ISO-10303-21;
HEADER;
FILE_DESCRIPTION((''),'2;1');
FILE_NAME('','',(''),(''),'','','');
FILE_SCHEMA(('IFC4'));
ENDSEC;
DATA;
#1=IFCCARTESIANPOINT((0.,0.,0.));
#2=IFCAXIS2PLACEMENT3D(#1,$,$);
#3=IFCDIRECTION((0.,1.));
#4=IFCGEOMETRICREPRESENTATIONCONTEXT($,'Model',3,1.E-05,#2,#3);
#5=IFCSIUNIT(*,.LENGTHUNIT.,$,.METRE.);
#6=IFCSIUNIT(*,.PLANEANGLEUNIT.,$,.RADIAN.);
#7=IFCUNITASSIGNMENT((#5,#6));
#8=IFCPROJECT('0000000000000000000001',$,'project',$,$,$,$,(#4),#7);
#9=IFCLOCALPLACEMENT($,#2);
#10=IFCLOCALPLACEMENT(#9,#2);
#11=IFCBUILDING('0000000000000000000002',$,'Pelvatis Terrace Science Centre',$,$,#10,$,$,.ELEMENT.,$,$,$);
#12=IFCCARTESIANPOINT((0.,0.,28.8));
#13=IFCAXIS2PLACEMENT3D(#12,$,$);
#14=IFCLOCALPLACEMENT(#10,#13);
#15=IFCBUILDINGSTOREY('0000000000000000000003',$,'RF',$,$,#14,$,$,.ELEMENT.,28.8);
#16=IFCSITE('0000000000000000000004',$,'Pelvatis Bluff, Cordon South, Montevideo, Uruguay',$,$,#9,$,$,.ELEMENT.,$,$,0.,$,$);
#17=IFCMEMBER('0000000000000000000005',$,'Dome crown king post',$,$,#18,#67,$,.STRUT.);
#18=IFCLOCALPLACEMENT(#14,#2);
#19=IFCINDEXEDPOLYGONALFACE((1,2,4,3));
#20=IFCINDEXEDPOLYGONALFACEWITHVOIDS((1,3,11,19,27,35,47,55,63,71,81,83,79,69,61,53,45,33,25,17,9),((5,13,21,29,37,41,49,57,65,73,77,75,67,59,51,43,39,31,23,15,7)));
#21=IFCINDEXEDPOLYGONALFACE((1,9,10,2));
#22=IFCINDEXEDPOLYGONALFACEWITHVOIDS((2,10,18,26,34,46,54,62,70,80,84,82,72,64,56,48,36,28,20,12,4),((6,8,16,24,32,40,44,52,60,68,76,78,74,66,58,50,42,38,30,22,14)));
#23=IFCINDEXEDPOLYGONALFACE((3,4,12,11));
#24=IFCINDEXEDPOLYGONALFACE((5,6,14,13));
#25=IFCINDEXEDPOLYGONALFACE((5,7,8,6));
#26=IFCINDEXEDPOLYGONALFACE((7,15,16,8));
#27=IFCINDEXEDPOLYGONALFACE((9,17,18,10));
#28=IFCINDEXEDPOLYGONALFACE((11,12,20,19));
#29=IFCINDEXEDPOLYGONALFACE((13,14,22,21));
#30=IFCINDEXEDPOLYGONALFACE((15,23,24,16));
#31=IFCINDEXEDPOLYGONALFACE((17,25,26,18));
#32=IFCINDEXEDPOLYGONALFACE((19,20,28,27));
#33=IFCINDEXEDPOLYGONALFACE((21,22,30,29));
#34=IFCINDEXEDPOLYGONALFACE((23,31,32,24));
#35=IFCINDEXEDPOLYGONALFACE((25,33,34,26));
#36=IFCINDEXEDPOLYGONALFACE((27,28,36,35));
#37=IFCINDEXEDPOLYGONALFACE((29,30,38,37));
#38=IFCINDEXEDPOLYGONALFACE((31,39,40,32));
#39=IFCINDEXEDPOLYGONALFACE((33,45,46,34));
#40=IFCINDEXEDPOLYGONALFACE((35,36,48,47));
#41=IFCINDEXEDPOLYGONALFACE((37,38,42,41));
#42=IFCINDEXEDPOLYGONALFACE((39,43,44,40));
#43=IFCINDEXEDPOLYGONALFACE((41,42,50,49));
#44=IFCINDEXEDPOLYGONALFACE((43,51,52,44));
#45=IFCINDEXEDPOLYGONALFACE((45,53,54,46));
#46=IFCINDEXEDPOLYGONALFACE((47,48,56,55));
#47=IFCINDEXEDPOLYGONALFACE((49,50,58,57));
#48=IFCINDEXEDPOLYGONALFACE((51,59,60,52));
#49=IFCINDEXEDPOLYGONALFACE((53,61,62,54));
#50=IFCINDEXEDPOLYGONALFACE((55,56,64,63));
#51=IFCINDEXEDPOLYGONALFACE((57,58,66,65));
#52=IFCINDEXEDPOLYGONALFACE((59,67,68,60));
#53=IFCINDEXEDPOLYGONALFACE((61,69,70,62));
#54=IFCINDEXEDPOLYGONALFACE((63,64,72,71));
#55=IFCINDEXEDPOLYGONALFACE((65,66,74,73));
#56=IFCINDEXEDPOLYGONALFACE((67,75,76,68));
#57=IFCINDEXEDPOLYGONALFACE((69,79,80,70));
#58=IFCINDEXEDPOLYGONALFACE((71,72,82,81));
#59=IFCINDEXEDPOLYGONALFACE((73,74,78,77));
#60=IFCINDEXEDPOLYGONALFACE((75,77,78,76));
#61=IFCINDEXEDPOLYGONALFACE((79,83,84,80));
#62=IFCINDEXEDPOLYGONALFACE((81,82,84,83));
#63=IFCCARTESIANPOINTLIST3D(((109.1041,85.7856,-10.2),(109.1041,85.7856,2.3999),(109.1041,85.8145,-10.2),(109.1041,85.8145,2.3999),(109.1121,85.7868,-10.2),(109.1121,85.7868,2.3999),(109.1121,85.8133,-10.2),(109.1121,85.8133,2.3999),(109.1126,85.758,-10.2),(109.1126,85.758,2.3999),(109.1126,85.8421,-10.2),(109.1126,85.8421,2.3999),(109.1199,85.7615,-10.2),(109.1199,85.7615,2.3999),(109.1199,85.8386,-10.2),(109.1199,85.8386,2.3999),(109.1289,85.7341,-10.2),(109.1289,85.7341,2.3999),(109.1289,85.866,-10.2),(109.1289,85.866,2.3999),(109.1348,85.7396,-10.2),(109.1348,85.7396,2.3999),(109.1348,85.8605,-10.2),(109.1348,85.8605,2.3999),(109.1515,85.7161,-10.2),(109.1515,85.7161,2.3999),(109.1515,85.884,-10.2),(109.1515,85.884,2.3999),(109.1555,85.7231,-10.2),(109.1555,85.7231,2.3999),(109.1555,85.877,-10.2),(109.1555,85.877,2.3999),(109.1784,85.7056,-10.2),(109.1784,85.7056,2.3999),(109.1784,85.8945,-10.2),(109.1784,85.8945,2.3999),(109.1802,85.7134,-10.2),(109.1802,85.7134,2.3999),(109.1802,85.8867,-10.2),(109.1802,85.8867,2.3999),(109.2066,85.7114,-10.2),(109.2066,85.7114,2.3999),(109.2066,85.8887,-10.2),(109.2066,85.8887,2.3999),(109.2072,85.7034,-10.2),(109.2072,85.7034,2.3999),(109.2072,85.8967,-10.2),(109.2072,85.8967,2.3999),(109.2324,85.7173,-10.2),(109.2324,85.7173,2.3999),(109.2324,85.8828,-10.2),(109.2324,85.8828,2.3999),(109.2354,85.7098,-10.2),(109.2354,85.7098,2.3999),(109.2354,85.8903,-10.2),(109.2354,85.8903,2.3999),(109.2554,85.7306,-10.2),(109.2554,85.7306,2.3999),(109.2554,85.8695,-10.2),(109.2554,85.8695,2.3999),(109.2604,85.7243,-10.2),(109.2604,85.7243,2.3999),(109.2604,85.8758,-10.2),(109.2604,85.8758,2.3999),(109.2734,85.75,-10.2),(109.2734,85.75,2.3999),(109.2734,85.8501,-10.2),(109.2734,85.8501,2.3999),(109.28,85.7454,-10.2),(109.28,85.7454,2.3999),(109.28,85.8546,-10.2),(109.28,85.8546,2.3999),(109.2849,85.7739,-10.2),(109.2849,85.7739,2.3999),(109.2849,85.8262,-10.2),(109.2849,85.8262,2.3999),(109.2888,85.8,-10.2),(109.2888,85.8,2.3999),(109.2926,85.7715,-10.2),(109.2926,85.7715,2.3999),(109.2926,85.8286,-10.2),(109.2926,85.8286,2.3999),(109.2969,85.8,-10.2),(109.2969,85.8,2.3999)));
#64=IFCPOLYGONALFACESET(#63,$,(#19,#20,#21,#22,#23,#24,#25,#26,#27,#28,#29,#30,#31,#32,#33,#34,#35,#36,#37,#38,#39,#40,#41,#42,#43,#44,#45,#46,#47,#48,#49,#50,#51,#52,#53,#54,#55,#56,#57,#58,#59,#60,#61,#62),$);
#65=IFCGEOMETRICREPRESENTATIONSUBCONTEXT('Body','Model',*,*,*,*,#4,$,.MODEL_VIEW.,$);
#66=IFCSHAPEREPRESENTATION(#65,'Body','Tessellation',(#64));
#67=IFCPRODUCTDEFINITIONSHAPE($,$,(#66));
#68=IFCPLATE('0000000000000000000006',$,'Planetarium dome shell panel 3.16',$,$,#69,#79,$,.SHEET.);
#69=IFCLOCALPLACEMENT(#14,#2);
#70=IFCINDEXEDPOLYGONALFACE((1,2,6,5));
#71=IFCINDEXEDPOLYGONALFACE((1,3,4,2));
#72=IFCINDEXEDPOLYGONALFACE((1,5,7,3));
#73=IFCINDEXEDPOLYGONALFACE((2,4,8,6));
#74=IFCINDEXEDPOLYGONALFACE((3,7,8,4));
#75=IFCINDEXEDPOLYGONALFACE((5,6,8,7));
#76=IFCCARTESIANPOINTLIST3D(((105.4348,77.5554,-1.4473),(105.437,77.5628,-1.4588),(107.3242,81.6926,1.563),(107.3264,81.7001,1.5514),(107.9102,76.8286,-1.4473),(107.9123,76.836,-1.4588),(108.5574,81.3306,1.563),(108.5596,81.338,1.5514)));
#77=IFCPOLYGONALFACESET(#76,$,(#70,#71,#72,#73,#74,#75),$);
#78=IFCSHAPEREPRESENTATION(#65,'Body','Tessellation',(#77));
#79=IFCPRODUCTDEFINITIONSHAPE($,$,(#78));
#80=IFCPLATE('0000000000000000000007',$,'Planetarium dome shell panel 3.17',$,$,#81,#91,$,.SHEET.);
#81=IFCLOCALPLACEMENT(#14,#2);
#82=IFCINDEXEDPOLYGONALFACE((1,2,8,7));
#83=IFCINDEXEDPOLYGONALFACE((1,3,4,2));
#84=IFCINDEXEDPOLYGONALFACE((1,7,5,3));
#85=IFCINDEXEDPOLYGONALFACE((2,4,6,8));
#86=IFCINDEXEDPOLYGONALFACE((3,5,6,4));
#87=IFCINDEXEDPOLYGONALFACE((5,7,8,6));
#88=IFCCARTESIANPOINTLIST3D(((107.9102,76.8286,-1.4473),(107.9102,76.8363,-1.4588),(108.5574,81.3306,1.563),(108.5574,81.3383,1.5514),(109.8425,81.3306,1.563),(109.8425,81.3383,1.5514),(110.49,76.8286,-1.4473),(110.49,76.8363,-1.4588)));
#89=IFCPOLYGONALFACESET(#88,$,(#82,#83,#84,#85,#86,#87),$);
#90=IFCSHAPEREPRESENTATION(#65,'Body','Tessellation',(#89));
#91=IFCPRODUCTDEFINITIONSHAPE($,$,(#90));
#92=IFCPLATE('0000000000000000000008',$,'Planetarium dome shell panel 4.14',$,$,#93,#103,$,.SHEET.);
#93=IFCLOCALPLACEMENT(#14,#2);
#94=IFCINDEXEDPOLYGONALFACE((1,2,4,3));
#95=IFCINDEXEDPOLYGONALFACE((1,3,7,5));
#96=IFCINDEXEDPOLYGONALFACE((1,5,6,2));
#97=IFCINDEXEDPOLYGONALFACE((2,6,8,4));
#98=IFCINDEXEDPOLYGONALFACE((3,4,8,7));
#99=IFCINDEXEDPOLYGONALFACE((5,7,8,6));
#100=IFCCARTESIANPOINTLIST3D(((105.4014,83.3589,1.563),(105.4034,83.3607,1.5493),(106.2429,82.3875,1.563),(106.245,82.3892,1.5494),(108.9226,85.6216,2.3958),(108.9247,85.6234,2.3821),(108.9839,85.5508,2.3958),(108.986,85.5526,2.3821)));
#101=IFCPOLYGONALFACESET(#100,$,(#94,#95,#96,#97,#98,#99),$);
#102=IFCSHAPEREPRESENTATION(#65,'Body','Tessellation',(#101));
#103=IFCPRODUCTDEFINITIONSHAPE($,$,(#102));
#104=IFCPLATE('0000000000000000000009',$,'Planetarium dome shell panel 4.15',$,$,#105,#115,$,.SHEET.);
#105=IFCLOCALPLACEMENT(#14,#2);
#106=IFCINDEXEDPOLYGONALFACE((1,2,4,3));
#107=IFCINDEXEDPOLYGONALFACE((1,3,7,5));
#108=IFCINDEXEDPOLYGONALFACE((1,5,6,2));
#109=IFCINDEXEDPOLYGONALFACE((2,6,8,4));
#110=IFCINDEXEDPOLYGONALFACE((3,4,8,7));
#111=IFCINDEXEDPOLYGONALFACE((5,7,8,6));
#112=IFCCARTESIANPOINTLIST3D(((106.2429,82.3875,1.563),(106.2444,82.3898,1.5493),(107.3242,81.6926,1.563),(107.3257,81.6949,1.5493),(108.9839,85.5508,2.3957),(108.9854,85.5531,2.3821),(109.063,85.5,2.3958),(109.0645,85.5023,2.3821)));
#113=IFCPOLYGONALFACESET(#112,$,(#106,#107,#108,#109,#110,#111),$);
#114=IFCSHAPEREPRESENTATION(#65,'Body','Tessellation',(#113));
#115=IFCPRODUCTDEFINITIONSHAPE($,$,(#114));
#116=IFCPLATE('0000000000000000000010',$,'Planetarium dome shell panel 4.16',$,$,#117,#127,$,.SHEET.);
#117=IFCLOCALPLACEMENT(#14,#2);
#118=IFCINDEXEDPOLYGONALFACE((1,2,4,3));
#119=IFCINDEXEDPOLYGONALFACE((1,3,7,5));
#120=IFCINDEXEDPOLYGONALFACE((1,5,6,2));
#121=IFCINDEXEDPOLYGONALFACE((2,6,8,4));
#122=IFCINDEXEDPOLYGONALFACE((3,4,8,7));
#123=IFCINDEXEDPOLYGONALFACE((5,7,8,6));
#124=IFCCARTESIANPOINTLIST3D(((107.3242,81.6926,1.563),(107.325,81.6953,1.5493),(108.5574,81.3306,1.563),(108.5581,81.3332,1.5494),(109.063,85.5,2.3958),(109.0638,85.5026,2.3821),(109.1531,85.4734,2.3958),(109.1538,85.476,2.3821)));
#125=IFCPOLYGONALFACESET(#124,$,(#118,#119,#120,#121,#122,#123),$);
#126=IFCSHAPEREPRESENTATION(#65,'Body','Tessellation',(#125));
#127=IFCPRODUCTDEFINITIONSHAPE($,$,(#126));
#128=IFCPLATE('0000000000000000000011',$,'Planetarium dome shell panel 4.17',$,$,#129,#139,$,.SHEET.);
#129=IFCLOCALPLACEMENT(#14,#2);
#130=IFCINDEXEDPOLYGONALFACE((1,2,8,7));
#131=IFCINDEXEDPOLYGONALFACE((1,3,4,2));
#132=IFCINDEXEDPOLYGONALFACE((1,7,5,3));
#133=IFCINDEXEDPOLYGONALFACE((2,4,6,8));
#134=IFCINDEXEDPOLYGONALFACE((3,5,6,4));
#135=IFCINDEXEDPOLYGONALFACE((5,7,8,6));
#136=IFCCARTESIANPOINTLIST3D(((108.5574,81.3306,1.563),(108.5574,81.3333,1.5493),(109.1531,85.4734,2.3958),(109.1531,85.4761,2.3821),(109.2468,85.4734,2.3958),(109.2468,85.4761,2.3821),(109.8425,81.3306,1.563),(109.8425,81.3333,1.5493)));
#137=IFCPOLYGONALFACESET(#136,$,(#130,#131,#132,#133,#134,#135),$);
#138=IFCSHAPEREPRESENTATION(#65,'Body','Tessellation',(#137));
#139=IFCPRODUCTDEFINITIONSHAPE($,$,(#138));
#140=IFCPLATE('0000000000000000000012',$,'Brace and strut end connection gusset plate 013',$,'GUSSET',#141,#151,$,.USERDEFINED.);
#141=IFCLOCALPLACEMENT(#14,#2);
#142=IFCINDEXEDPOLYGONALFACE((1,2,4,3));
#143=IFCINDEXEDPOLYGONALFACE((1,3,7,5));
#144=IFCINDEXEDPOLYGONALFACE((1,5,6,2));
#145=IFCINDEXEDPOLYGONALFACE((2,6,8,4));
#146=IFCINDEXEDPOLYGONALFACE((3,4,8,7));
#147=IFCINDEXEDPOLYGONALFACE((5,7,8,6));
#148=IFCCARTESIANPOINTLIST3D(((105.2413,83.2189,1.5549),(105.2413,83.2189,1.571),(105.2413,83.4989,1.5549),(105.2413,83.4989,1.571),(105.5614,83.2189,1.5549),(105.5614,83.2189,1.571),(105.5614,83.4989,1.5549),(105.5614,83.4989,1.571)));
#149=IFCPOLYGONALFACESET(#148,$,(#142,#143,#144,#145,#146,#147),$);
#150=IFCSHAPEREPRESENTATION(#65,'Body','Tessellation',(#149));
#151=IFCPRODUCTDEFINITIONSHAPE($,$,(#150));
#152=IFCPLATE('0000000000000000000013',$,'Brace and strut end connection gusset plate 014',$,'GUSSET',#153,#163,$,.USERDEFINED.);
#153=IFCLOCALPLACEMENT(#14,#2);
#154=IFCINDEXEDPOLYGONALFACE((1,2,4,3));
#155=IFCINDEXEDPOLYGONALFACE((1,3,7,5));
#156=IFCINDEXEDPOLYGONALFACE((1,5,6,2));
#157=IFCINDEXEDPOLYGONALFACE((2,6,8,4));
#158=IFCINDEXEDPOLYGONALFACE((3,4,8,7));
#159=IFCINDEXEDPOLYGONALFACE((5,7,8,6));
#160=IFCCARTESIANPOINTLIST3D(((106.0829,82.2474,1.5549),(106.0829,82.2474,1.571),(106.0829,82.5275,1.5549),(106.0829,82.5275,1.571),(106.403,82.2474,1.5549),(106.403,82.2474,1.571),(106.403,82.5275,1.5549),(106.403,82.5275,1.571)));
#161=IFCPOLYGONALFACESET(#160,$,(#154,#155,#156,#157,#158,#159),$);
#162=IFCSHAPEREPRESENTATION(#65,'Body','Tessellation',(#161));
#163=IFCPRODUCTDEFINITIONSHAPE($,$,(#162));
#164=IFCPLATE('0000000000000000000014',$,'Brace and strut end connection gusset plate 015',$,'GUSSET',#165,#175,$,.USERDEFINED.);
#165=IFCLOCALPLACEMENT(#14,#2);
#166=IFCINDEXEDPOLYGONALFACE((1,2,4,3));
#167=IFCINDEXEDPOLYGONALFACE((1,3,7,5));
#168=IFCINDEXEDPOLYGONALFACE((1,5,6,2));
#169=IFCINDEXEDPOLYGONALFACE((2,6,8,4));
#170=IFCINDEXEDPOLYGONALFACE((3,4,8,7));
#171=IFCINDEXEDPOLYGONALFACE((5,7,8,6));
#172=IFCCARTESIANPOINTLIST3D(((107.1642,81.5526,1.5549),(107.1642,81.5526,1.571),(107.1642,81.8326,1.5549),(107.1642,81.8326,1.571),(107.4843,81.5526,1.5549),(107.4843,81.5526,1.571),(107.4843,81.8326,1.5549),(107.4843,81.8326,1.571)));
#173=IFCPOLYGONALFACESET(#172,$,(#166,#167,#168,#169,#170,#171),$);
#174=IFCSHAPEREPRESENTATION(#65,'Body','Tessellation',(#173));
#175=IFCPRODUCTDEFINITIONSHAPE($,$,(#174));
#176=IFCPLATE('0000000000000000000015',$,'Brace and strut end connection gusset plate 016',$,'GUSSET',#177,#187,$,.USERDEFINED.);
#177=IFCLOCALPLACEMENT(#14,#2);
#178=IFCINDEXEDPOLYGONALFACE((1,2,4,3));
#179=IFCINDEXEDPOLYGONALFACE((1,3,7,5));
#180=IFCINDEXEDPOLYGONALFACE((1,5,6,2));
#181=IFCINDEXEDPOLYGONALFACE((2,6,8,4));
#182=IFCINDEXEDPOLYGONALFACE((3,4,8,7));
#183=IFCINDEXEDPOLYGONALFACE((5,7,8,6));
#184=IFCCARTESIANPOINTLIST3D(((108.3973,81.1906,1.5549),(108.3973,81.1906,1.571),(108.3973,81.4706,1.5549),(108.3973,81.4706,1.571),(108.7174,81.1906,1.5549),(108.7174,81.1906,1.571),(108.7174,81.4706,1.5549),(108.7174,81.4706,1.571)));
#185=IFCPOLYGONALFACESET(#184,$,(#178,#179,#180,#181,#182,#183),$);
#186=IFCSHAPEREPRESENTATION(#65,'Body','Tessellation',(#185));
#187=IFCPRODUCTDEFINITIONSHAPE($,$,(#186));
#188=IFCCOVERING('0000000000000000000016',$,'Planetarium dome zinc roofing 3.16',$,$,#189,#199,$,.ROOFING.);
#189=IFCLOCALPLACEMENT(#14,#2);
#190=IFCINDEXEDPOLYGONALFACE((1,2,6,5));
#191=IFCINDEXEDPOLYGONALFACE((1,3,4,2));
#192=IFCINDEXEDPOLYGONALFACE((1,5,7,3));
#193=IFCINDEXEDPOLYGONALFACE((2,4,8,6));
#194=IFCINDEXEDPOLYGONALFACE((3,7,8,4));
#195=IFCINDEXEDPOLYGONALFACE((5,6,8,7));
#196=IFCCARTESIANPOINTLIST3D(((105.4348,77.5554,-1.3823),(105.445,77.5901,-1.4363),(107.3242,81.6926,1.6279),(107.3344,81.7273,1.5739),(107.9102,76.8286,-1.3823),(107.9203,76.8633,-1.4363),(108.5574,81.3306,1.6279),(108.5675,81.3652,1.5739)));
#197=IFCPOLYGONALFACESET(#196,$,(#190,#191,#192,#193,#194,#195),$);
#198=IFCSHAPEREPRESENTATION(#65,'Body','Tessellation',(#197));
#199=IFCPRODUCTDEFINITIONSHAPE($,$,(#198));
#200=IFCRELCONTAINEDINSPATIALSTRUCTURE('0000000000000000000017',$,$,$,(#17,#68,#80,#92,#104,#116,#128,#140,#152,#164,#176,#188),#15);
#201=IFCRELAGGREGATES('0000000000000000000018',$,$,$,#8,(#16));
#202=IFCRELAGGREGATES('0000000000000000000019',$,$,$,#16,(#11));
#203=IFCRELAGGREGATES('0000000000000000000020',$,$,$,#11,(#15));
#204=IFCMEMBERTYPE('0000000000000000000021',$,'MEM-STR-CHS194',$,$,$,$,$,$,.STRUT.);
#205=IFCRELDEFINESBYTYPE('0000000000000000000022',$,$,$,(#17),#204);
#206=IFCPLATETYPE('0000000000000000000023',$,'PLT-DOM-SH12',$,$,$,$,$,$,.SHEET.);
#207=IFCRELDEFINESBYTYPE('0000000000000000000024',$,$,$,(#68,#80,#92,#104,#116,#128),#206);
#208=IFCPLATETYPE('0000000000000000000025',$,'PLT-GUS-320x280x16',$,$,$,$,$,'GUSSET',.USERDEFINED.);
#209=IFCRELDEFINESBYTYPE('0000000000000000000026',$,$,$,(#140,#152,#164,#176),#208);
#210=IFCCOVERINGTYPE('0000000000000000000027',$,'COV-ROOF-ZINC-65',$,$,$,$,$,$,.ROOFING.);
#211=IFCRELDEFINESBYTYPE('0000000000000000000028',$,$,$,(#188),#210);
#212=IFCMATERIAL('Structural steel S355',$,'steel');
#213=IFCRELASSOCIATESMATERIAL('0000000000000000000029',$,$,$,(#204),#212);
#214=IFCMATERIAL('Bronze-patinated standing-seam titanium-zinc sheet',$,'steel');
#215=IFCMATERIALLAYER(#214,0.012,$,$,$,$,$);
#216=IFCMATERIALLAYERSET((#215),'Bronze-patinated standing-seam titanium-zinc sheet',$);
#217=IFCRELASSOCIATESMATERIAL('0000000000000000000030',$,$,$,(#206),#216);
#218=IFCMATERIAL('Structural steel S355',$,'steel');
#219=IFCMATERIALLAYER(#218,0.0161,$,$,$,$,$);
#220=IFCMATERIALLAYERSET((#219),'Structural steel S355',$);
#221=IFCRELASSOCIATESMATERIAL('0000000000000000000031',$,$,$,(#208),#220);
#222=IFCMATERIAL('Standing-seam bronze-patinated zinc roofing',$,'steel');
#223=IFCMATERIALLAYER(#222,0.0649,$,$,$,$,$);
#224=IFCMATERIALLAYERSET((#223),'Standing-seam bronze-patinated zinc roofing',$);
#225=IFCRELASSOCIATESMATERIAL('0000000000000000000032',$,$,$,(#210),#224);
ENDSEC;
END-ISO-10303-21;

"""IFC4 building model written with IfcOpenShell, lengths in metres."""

from ifc_helpers import new_model, si_unit, direction, frame, origin, origin_2d, place, context, subcontext, project, spatial, polyline, rectangle, hollow_circle, outline, extrude, material, layer, layer_set, material_profile, profile_set, type_object, element, save


model = new_model("IFC4")

# Units and contexts
model_context = context("Model", 3, precision=1e-05, world=origin(), true_north=direction((0.0, 1.0)))
body_context = subcontext(model_context, "Body", "Model", "MODEL_VIEW")
ifc_project = project(units=[si_unit("LENGTHUNIT", "METRE"), si_unit("PLANEANGLEUNIT", "RADIAN")], contexts=[model_context])

# Site, building, storey
site_placement = place(None, origin())
site = spatial("IfcSite", under=ifc_project, at=site_placement, Name="Pelvatis Bluff, Cordon South, Montevideo, Uruguay", CompositionType="ELEMENT", RefElevation=0.0)
building_placement = place(site_placement, origin())
building = spatial("IfcBuilding", under=site, at=building_placement, Name="Pelvatis Terrace Science Centre", CompositionType="ELEMENT")
storey_placement = place(building_placement, frame((0.0, 0.0, 28.8)))
storey = spatial("IfcBuildingStorey", under=building, at=storey_placement, Name="RF", CompositionType="ELEMENT", Elevation=28.8)

# Member
ifc_material_1 = material(Name="Structural steel S355", Category="steel")
ifc_material_profile_1 = material_profile(ifc_material_1, hollow_circle(Radius=0.0969, WallThickness=0.0081, at=origin_2d()), Name="CHS 193.7x8.0")
ifc_profile_set_1 = profile_set([ifc_material_profile_1], Name="Structural steel S355")
member_type_1 = type_object("IfcMemberType", Name="MEM-STR-CHS194", PredefinedType="STRUT", material=ifc_profile_set_1)
member_1_placement = place(storey_placement, frame((109.2, 85.8, -10.2), z_axis=(0.0, 0.0, 1.0), x_axis=(1.0, 0.0, 0.0)))
element("IfcMember", 1, at=member_1_placement, inside=storey, type_object=member_type_1, Name="Dome crown king post", PredefinedType="STRUT", context=body_context, shape_type="SweptSolid", body=[
    extrude(hollow_circle(Radius=0.0969, WallThickness=0.0081, at=origin_2d()), origin(), (0.0, 0.0, 1.0), 12.5999),
])

# Plates
ifc_material_2 = material(Name="Bronze-patinated standing-seam titanium-zinc sheet", Category="steel")
ifc_layer_1 = layer(ifc_material_2, 0.012)
ifc_layer_set_1 = layer_set([ifc_layer_1], Name="Bronze-patinated standing-seam titanium-zinc sheet")
plate_type_1 = type_object("IfcPlateType", Name="PLT-DOM-SH12", PredefinedType="SHEET", material=ifc_layer_set_1)
plate_1_placement = place(storey_placement, frame((105.4348, 77.5554, -1.4473), z_axis=(-0.156594, -0.533332, 0.831285), x_axis=(0.959495, -0.281724, -0.000002)))
element("IfcPlate", 2, at=plate_1_placement, inside=storey, type_object=plate_type_1, Name="Planetarium dome shell panel 3.16", PredefinedType="SHEET", context=body_context, shape_type="SweptSolid", body=[
    extrude(outline(polyline([(0.0, 0.0), (2.5798, 0.0), (1.9325, 5.4156), (0.6473, 5.4156), (0.0, 0.0)])), origin(), (0.0, 0.0, -1.0), 0.0139),
])
plate_2_placement = place(storey_placement, frame((107.9102, 76.8286, -1.4473), z_axis=(0.0, -0.555844, 0.831287), x_axis=(1.0, 0.0, 0.0)))
element("IfcPlate", 3, at=plate_2_placement, inside=storey, type_object=plate_type_1, Name="Planetarium dome shell panel 3.17", PredefinedType="SHEET", context=body_context, shape_type="SweptSolid", body=[
    extrude(outline(polyline([(0.0, 0.0), (2.5798, 0.0), (1.9324, 5.4156), (0.6472, 5.4156), (0.0, 0.0)])), origin(), (0.0, 0.0, -1.0), 0.0139),
])
plate_3_placement = place(storey_placement, frame((105.4014, 83.3589, 1.563), z_axis=(-0.148951, -0.129028, 0.980391), x_axis=(0.654771, -0.755828, 0.000006)))
element("IfcPlate", 4, at=plate_3_placement, inside=storey, type_object=plate_type_1, Name="Planetarium dome shell panel 4.14", PredefinedType="SHEET", context=body_context, shape_type="SweptSolid", body=[
    extrude(outline(polyline([(0.0, 0.0), (1.2853, 0.0), (0.689, 4.2258), (0.5954, 4.2259), (0.0, 0.0)])), origin(), (0.0, 0.0, -1.0), 0.0139),
])
plate_4_placement = place(storey_placement, frame((106.2429, 82.3875, 1.563), z_axis=(-0.106526, -0.165788, 0.980391), x_axis=(0.841284, -0.540593, -0.000006)))
element("IfcPlate", 5, at=plate_4_placement, inside=storey, type_object=plate_type_1, Name="Planetarium dome shell panel 4.15", PredefinedType="SHEET", context=body_context, shape_type="SweptSolid", body=[
    extrude(outline(polyline([(0.0, 0.0), (1.2853, 0.0), (0.6899, 4.2259), (0.5959, 4.2259), (0.0, 0.0)])), origin(), (0.0, 0.0, -1.0), 0.0139),
])
plate_5_placement = place(storey_placement, frame((107.3242, 81.6926, 1.563), z_axis=(-0.055538, -0.189079, 0.98039), x_axis=(0.959497, -0.281718, 0.000022)))
element("IfcPlate", 6, at=plate_5_placement, inside=storey, type_object=plate_type_1, Name="Planetarium dome shell panel 4.16", PredefinedType="SHEET", context=body_context, shape_type="SweptSolid", body=[
    extrude(outline(polyline([(0.0, 0.0), (1.2852, 0.0), (0.6897, 4.2257), (0.5958, 4.2259), (0.0, 0.0)])), origin(), (0.0, 0.0, -1.0), 0.0139),
])
plate_6_placement = place(storey_placement, frame((108.5574, 81.3306, 1.563), z_axis=(0.0, -0.197072, 0.980389), x_axis=(1.0, 0.0, 0.0)))
element("IfcPlate", 7, at=plate_6_placement, inside=storey, type_object=plate_type_1, Name="Planetarium dome shell panel 4.17", PredefinedType="SHEET", context=body_context, shape_type="SweptSolid", body=[
    extrude(outline(polyline([(0.0, 0.0), (1.2852, 0.0), (0.6895, 4.2257), (0.5957, 4.2257), (0.0, 0.0)])), origin(), (0.0, 0.0, -1.0), 0.0139),
])
ifc_material_3 = material(Name="Structural steel S355", Category="steel")
ifc_layer_2 = layer(ifc_material_3, 0.0161)
ifc_layer_set_2 = layer_set([ifc_layer_2], Name="Structural steel S355")
plate_type_2 = type_object("IfcPlateType", Name="PLT-GUS-320x280x16", ElementType="GUSSET", PredefinedType="USERDEFINED", material=ifc_layer_set_2)
for number, where, z_axis, x_axis, name in (
    (8, (105.4014, 83.3589, 1.5549), (0.0, 0.0, 1.0), (1.0, 0.0, 0.0), "Brace and strut end connection gusset plate 013"),
    (9, (106.2429, 82.3875, 1.5549), (0.0, 0.0, 1.0), (1.0, 0.0, 0.0), "Brace and strut end connection gusset plate 014"),
    (10, (107.3242, 81.6926, 1.5549), (0.0, 0.0, 1.0), (1.0, 0.0, 0.0), "Brace and strut end connection gusset plate 015"),
    (11, (108.5574, 81.3306, 1.5549), (0.0, 0.0, 1.0), (1.0, 0.0, 0.0), "Brace and strut end connection gusset plate 016"),
):
    element("IfcPlate", number, at=place(storey_placement, frame(where, z_axis=z_axis, x_axis=x_axis)), inside=storey, type_object=plate_type_2, Name=name, ObjectType="GUSSET", PredefinedType="USERDEFINED", context=body_context, shape_type="SweptSolid", body=[
        extrude(rectangle(XDim=0.3201, YDim=0.28, at=origin_2d()), origin(), (0.0, 0.0, 1.0), 0.0161),
    ])

# Covering
ifc_material_4 = material(Name="Standing-seam bronze-patinated zinc roofing", Category="steel")
ifc_layer_3 = layer(ifc_material_4, 0.0649)
ifc_layer_set_3 = layer_set([ifc_layer_3], Name="Standing-seam bronze-patinated zinc roofing")
covering_type = type_object("IfcCoveringType", Name="COV-ROOF-ZINC-65", PredefinedType="ROOFING", material=ifc_layer_set_3)
covering_1_placement = place(storey_placement, frame((105.4348, 77.5554, -1.3823), z_axis=(-0.156594, -0.533332, 0.831285), x_axis=(0.959495, -0.281724, -0.000002)))
element("IfcCovering", 12, at=covering_1_placement, inside=storey, type_object=covering_type, Name="Planetarium dome zinc roofing 3.16", PredefinedType="ROOFING", context=body_context, shape_type="SweptSolid", body=[
    extrude(outline(polyline([(0.0, 0.0), (2.5798, 0.0), (1.9325, 5.4156), (0.6473, 5.4156), (0.0, 0.0)])), origin(), (0.0, 0.0, -1.0), 0.0649),
])

save(model, "model.ifc")
